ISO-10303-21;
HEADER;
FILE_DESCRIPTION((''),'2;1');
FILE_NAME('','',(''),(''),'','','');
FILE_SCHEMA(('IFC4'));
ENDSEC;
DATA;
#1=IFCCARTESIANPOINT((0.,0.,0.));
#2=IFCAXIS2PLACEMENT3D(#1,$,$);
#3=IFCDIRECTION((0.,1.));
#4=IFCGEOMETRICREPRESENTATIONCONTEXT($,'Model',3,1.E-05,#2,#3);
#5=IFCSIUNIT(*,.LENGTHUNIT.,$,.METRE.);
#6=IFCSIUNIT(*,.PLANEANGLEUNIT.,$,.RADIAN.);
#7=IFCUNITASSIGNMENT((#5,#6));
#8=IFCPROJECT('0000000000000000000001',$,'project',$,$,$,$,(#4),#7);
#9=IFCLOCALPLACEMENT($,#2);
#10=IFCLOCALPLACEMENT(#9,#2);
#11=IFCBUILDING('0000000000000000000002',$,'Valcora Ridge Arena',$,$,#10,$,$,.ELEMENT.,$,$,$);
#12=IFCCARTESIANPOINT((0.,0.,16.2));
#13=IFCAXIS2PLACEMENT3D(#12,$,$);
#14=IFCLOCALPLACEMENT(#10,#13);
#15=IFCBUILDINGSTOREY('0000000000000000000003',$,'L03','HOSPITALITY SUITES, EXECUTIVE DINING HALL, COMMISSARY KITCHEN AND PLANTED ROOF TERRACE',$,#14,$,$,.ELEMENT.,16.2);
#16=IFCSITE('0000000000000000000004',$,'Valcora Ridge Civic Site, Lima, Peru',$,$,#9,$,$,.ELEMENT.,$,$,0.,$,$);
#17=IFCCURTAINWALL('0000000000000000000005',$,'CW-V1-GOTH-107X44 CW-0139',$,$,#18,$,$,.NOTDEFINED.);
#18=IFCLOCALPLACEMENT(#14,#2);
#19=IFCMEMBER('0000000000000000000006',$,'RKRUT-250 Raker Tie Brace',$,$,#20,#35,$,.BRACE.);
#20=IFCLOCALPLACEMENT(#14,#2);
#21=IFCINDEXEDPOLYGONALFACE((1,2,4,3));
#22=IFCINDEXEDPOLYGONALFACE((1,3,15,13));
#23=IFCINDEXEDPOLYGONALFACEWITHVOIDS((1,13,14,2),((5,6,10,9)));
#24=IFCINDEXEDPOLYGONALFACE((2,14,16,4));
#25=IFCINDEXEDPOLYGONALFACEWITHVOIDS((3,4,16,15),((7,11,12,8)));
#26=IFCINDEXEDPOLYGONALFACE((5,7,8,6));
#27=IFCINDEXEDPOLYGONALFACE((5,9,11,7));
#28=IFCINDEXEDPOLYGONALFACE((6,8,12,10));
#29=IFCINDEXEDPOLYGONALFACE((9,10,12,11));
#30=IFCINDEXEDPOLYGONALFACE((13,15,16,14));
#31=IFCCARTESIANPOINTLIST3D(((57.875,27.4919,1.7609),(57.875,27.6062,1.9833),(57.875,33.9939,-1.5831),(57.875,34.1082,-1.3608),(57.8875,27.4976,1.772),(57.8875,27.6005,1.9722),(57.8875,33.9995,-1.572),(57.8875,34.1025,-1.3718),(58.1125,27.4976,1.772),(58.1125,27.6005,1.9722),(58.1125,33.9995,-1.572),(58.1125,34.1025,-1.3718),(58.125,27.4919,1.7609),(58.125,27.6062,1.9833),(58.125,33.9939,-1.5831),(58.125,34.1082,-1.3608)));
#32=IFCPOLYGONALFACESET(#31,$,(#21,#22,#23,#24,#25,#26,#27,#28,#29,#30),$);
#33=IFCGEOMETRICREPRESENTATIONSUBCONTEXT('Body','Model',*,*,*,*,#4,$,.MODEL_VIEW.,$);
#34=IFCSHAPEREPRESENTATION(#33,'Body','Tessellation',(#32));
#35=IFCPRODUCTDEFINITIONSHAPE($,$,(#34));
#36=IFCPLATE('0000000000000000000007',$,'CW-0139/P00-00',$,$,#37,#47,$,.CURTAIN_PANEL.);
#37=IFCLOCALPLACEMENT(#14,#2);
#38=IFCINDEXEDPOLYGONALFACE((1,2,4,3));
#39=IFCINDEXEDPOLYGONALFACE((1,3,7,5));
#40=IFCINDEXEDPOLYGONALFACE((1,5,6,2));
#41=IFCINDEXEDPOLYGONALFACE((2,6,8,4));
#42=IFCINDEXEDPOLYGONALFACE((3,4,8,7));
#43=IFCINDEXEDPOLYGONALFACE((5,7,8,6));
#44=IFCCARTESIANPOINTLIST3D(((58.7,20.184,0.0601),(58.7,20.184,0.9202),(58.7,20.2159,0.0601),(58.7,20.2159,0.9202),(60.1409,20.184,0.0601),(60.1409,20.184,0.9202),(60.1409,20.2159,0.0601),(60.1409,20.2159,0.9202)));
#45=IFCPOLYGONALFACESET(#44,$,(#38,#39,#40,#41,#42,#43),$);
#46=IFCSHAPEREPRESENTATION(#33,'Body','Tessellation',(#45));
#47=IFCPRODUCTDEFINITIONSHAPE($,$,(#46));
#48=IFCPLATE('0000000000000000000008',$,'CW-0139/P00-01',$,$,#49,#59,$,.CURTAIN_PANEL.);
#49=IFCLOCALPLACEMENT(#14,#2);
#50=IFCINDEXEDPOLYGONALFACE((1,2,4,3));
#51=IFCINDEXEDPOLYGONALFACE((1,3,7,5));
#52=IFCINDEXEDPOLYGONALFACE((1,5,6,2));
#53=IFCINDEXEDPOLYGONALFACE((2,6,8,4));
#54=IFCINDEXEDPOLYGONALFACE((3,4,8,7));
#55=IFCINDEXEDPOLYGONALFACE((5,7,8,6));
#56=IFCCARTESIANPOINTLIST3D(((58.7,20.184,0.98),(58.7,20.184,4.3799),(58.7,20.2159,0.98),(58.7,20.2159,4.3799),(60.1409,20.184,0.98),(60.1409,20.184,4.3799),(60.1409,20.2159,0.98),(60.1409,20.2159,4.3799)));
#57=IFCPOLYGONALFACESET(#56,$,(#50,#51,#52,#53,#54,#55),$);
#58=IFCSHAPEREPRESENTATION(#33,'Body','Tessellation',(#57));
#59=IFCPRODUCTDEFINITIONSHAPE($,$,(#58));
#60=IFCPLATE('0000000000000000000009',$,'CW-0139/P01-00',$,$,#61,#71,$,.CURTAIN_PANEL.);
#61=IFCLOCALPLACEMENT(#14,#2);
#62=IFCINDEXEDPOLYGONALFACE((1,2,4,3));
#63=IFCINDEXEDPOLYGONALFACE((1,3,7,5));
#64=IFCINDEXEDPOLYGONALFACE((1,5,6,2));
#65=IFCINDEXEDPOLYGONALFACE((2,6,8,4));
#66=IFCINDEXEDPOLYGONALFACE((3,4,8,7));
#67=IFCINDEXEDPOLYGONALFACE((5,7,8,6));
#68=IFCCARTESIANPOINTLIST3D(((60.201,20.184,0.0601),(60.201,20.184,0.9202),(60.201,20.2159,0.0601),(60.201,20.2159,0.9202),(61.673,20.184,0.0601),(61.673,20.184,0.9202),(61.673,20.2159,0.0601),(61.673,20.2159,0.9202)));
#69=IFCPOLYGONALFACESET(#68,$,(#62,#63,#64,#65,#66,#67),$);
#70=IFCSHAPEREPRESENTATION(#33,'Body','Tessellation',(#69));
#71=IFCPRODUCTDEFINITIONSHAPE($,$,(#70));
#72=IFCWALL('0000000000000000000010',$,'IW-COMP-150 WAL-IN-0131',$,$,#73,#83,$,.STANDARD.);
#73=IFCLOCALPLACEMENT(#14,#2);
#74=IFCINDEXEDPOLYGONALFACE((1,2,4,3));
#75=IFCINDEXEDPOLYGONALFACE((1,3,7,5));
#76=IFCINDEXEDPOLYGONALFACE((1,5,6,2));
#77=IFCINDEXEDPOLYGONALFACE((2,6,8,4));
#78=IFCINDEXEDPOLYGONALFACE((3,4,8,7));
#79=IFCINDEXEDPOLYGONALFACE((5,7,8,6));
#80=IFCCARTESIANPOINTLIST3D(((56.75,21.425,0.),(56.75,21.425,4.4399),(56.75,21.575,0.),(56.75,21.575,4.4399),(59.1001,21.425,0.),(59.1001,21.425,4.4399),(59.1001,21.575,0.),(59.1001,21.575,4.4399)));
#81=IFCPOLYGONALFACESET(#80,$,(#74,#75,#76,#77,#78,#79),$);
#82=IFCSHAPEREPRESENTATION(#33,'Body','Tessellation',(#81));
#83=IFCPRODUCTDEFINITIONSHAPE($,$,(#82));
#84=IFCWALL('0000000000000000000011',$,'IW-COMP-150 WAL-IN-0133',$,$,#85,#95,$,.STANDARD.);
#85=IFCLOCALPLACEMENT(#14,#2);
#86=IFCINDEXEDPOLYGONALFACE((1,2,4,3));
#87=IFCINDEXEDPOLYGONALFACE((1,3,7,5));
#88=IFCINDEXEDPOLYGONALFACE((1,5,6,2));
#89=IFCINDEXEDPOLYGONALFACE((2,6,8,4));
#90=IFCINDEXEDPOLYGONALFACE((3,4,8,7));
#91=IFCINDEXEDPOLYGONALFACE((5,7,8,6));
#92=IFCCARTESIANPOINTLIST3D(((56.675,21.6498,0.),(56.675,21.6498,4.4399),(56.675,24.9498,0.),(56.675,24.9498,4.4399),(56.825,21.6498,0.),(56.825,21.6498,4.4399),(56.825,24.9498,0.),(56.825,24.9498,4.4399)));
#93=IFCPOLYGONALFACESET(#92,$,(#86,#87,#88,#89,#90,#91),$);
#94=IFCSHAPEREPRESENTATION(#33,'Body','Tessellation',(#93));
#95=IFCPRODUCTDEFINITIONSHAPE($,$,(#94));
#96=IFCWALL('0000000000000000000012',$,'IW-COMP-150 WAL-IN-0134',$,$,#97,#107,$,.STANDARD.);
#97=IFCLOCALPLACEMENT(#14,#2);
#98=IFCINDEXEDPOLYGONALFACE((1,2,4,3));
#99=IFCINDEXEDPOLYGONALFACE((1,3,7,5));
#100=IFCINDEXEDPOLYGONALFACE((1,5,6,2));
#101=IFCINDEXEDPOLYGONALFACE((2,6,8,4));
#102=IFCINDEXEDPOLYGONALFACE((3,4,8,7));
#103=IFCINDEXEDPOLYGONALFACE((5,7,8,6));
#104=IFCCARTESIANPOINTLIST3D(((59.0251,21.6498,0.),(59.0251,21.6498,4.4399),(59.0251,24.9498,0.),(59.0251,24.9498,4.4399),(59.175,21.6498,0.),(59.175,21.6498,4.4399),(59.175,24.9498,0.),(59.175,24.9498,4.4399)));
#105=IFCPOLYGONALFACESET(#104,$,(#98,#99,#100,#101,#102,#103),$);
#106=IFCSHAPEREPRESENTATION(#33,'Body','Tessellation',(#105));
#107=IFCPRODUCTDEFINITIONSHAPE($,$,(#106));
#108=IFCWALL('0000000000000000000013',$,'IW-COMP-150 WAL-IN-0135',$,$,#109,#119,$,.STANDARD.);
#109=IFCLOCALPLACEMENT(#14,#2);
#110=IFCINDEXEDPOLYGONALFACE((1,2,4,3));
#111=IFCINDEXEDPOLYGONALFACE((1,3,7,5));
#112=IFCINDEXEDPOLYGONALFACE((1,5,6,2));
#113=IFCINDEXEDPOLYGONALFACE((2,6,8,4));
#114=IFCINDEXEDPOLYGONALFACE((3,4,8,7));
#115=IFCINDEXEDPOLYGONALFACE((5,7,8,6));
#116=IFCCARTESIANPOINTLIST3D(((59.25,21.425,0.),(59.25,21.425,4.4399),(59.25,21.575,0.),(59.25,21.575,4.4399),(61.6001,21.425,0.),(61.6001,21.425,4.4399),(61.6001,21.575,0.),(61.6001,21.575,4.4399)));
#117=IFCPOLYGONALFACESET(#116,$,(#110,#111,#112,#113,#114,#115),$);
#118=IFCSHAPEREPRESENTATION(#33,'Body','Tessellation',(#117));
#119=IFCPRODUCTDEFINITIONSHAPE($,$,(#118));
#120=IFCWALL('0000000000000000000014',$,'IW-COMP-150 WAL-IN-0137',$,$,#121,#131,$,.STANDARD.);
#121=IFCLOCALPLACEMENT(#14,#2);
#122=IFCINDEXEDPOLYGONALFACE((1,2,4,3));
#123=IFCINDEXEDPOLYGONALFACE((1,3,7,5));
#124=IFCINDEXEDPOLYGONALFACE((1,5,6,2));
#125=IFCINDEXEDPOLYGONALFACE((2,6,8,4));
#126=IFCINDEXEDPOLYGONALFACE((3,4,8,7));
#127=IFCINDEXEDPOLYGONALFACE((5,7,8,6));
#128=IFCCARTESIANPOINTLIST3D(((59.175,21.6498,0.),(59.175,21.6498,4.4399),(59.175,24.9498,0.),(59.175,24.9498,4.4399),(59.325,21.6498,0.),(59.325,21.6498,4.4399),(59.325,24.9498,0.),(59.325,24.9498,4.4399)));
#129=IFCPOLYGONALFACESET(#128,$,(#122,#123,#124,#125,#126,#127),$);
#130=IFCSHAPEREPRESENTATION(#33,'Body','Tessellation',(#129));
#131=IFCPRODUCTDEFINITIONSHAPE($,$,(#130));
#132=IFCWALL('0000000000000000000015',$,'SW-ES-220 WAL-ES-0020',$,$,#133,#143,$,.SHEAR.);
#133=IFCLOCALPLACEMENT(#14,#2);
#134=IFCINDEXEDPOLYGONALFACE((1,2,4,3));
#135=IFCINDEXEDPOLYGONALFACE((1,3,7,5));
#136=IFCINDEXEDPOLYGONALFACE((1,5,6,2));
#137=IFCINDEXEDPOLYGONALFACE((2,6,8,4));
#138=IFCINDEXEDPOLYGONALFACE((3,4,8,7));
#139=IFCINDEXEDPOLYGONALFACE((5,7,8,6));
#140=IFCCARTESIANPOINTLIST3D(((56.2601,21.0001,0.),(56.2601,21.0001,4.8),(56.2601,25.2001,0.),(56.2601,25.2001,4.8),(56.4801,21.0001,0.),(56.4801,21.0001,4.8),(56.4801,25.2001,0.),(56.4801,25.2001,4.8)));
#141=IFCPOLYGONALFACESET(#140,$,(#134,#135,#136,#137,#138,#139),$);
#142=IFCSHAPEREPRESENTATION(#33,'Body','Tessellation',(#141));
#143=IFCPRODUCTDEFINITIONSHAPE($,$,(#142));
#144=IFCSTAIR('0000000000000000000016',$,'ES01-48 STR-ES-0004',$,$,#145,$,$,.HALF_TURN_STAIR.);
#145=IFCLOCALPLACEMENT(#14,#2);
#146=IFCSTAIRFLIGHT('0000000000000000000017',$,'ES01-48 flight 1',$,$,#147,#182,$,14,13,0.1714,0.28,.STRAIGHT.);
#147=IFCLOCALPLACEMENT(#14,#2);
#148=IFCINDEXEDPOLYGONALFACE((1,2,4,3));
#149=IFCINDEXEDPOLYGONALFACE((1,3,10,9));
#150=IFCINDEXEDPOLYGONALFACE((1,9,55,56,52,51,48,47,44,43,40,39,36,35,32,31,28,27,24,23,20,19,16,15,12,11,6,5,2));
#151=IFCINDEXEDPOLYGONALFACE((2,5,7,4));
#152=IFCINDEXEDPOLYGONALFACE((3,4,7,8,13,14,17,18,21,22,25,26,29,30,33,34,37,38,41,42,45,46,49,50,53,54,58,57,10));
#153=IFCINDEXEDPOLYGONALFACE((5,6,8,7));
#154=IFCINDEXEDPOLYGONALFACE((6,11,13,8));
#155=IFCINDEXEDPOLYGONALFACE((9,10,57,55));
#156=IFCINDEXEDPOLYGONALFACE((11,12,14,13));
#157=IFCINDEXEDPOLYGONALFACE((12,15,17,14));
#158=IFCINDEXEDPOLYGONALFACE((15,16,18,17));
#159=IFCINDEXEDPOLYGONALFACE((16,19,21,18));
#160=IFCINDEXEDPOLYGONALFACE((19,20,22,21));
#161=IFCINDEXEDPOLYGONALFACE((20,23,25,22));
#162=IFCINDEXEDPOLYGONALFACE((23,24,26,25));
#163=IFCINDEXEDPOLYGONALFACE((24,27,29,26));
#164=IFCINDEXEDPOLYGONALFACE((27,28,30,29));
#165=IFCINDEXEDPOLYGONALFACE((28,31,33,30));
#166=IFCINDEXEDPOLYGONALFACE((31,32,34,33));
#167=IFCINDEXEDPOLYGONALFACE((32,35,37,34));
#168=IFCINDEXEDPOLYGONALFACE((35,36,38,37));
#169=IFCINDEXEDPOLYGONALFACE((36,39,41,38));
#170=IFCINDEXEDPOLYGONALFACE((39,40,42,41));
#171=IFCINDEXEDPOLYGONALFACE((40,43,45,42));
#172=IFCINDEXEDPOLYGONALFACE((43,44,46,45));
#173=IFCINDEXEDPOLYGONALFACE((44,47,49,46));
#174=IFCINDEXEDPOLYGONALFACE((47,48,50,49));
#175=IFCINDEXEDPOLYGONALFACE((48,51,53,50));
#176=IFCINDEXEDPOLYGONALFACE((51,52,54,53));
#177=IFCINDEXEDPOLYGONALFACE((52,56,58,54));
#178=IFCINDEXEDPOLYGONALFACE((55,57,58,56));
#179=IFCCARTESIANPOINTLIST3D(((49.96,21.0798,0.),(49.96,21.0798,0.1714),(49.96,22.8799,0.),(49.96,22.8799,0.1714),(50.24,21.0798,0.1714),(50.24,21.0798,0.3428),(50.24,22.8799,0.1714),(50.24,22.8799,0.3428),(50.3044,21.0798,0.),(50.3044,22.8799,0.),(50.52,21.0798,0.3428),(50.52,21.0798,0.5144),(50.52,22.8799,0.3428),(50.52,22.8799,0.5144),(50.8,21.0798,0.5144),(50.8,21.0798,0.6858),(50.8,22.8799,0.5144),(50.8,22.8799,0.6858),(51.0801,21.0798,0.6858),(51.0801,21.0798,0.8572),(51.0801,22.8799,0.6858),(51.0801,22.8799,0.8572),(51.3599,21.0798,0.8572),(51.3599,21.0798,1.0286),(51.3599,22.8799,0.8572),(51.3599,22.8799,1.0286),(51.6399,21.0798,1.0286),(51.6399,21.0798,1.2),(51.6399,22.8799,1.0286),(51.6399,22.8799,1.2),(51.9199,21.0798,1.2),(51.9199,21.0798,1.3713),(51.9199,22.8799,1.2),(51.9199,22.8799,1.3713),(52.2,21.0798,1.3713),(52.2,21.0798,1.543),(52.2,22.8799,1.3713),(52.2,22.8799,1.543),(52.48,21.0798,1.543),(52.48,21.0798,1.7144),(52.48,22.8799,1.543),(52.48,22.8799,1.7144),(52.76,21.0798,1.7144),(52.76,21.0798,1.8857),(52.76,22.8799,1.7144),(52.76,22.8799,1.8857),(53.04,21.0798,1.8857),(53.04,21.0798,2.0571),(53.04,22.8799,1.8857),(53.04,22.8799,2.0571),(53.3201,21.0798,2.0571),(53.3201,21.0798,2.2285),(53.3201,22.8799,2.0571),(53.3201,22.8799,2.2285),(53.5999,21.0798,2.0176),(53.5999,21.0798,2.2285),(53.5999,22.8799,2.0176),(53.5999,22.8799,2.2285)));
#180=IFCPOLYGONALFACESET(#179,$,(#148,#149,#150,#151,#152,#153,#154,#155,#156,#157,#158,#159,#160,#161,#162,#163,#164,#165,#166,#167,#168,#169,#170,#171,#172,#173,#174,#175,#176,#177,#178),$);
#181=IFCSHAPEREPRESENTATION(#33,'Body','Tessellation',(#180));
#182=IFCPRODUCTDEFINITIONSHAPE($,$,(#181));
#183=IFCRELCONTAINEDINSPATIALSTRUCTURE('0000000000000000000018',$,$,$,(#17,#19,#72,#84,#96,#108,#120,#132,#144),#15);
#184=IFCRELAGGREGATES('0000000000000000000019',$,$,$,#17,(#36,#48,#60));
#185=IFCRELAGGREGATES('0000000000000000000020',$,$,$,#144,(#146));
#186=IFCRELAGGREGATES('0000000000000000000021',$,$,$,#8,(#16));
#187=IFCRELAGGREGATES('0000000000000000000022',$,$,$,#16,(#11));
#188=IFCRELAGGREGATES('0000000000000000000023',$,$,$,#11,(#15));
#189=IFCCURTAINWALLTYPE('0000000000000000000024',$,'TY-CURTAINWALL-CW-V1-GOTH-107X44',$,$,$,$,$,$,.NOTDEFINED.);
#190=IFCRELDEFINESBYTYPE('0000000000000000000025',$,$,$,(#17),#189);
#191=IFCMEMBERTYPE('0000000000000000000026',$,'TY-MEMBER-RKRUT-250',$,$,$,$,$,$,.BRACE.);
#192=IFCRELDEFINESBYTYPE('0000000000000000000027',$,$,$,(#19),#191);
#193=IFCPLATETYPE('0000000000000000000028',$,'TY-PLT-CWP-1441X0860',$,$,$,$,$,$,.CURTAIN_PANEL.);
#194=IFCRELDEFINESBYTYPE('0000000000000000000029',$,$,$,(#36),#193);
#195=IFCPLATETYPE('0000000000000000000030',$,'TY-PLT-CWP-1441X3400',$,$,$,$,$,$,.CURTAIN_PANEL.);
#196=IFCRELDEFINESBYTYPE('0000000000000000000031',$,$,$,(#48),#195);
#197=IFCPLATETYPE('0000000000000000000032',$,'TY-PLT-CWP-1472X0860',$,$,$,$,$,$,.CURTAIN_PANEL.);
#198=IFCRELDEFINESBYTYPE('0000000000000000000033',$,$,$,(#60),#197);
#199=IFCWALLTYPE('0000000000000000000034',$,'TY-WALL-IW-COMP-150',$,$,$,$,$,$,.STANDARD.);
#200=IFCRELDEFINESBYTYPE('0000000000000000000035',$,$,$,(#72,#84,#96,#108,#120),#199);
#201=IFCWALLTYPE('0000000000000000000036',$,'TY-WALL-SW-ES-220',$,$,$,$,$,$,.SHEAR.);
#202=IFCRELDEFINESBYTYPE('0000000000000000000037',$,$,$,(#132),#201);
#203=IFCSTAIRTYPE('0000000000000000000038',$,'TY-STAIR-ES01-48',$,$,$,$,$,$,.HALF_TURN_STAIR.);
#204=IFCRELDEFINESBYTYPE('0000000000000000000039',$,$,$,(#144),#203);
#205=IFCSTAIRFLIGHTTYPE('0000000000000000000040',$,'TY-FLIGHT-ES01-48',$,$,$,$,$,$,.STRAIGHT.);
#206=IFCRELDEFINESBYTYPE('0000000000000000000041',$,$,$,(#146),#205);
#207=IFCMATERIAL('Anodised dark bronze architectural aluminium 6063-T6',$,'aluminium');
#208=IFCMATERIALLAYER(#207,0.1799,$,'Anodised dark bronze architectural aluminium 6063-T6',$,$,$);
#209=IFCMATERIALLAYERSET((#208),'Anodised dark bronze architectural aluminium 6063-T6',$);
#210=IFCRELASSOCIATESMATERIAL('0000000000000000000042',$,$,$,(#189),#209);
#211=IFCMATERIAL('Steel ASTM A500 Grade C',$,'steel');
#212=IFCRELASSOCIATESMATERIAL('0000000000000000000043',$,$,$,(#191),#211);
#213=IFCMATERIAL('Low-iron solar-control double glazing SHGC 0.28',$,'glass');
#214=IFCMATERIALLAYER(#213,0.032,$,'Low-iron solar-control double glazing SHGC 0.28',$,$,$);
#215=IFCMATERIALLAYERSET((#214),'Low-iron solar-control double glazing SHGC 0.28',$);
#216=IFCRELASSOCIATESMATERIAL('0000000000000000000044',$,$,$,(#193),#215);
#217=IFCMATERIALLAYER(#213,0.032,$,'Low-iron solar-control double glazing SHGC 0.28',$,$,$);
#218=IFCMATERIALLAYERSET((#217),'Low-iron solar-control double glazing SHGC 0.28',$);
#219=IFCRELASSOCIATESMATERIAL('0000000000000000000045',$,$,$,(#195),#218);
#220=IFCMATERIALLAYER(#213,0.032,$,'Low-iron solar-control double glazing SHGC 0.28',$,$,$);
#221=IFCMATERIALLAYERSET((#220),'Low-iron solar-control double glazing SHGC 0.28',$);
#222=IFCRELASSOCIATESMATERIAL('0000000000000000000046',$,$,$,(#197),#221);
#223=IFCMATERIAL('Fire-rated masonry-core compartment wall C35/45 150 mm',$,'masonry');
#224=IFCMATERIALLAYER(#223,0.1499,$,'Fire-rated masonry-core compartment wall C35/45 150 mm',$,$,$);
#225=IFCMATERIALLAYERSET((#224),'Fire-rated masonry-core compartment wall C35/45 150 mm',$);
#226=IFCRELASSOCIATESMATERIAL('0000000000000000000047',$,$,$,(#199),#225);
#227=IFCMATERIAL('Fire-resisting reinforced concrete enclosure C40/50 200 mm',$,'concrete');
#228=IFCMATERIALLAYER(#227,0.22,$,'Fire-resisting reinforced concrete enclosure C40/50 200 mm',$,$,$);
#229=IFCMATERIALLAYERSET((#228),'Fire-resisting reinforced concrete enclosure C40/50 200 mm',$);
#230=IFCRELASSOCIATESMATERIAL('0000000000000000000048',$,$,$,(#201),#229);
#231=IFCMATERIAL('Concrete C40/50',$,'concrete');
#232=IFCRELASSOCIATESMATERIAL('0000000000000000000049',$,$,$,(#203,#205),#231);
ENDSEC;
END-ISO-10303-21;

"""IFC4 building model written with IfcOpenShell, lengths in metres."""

from ifc_helpers import new_model, si_unit, direction, frame, frame_2d, origin, origin_2d, place, context, subcontext, project, spatial, polyline, rectangle, hollow_rectangle, outline, extrude, material, layer, layer_set, material_profile, profile_set, type_object, element, aggregate, save


model = new_model("IFC4")

# Units and contexts
model_context = context("Model", 3, precision=1e-05, world=origin(), true_north=direction((0.0, 1.0)))
body_context = subcontext(model_context, "Body", "Model", "MODEL_VIEW")
ifc_project = project(units=[si_unit("LENGTHUNIT", "METRE"), si_unit("PLANEANGLEUNIT", "RADIAN")], contexts=[model_context])

# Site, building, storey
site_placement = place(None, origin())
site = spatial("IfcSite", under=ifc_project, at=site_placement, Name="Valcora Ridge Civic Site, Lima, Peru", CompositionType="ELEMENT", RefElevation=0.0)
building_placement = place(site_placement, origin())
building = spatial("IfcBuilding", under=site, at=building_placement, Name="Valcora Ridge Arena", CompositionType="ELEMENT")
storey_placement = place(building_placement, frame((0.0, 0.0, 16.2)))
storey = spatial("IfcBuildingStorey", under=building, at=storey_placement, Name="L03", Description="HOSPITALITY SUITES, EXECUTIVE DINING HALL, COMMISSARY KITCHEN AND PLANTED ROOF TERRACE", CompositionType="ELEMENT", Elevation=16.2)

# Shared definitions
ifc_material_1 = material(Name="Concrete C40/50", Category="concrete")

# Curtain wall
ifc_material_2 = material(Name="Anodised dark bronze architectural aluminium 6063-T6", Category="aluminium")
ifc_layer_1 = layer(ifc_material_2, 0.1799, Name="Anodised dark bronze architectural aluminium 6063-T6")
ifc_layer_set_1 = layer_set([ifc_layer_1], Name="Anodised dark bronze architectural aluminium 6063-T6")
curtain_wall_type = type_object("IfcCurtainWallType", Name="TY-CURTAINWALL-CW-V1-GOTH-107X44", PredefinedType="NOTDEFINED", material=ifc_layer_set_1)
curtain_wall_placement = place(storey_placement, origin())
curtain_wall = element("IfcCurtainWall", 1, at=curtain_wall_placement, inside=storey, type_object=curtain_wall_type, Name="CW-V1-GOTH-107X44 CW-0139", PredefinedType="NOTDEFINED")

# Member
ifc_material_3 = material(Name="Steel ASTM A500 Grade C", Category="steel")
ifc_material_profile_1 = material_profile(ifc_material_3, hollow_rectangle(XDim=0.25, YDim=0.25, WallThickness=0.0125, at=origin_2d()), Name="HSS250X250X12")
ifc_profile_set_1 = profile_set([ifc_material_profile_1], Name="Steel ASTM A500 Grade C")
member_type_1 = type_object("IfcMemberType", Name="TY-MEMBER-RKRUT-250", PredefinedType="BRACE", material=ifc_profile_set_1)
member_1_placement = place(storey_placement, frame((58.0, 34.051, -1.4719), z_axis=(0.0, -0.88928, 0.457362), x_axis=(1.0, 0.0, 0.0)))
element("IfcMember", 2, at=member_1_placement, inside=storey, type_object=member_type_1, Name="RKRUT-250 Raker Tie Brace", PredefinedType="BRACE", context=body_context, shape_type="SweptSolid", body=[
    extrude(hollow_rectangle(XDim=0.25, YDim=0.25, WallThickness=0.0125, at=origin_2d()), origin(), (0.0, 0.0, 1.0), 7.3115),
])

# Plates
ifc_material_4 = material(Name="Low-iron solar-control double glazing SHGC 0.28", Category="glass")
ifc_layer_2 = layer(ifc_material_4, 0.032, Name="Low-iron solar-control double glazing SHGC 0.28")
ifc_layer_set_2 = layer_set([ifc_layer_2], Name="Low-iron solar-control double glazing SHGC 0.28")
plate_type_1 = type_object("IfcPlateType", Name="TY-PLT-CWP-1441X0860", PredefinedType="CURTAIN_PANEL", material=ifc_layer_set_2)
plate_1_placement = place(storey_placement, frame((59.4204, 20.2, 0.0601), z_axis=(0.0, 0.0, 1.0), x_axis=(1.0, 0.0, 0.0)))
plate_1 = element("IfcPlate", 3, at=plate_1_placement, type_object=plate_type_1, Name="CW-0139/P00-00", PredefinedType="CURTAIN_PANEL", context=body_context, shape_type="SweptSolid", body=[
    extrude(rectangle(XDim=1.4409, YDim=0.032, at=origin_2d()), origin(), (0.0, 0.0, 1.0), 0.8601),
])
ifc_layer_3 = layer(ifc_material_4, 0.032, Name="Low-iron solar-control double glazing SHGC 0.28")
ifc_layer_set_3 = layer_set([ifc_layer_3], Name="Low-iron solar-control double glazing SHGC 0.28")
plate_type_2 = type_object("IfcPlateType", Name="TY-PLT-CWP-1441X3400", PredefinedType="CURTAIN_PANEL", material=ifc_layer_set_3)
plate_2_placement = place(storey_placement, frame((59.4204, 20.2, 0.98), z_axis=(0.0, 0.0, 1.0), x_axis=(1.0, 0.0, 0.0)))
plate_2 = element("IfcPlate", 4, at=plate_2_placement, type_object=plate_type_2, Name="CW-0139/P00-01", PredefinedType="CURTAIN_PANEL", context=body_context, shape_type="SweptSolid", body=[
    extrude(rectangle(XDim=1.4409, YDim=0.032, at=origin_2d()), origin(), (0.0, 0.0, 1.0), 3.3999),
])
ifc_layer_4 = layer(ifc_material_4, 0.032, Name="Low-iron solar-control double glazing SHGC 0.28")
ifc_layer_set_4 = layer_set([ifc_layer_4], Name="Low-iron solar-control double glazing SHGC 0.28")
plate_type_3 = type_object("IfcPlateType", Name="TY-PLT-CWP-1472X0860", PredefinedType="CURTAIN_PANEL", material=ifc_layer_set_4)
plate_3_placement = place(storey_placement, frame((60.937, 20.2, 0.0601), z_axis=(0.0, 0.0, 1.0), x_axis=(1.0, 0.0, 0.0)))
plate_3 = element("IfcPlate", 5, at=plate_3_placement, type_object=plate_type_3, Name="CW-0139/P01-00", PredefinedType="CURTAIN_PANEL", context=body_context, shape_type="SweptSolid", body=[
    extrude(rectangle(XDim=1.4719, YDim=0.032, at=origin_2d()), origin(), (0.0, 0.0, 1.0), 0.8601),
])
aggregate(curtain_wall, [plate_1, plate_2, plate_3])

# Wall
ifc_material_5 = material(Name="Fire-rated masonry-core compartment wall C35/45 150 mm", Category="masonry")
ifc_layer_5 = layer(ifc_material_5, 0.1499, Name="Fire-rated masonry-core compartment wall C35/45 150 mm")
ifc_layer_set_5 = layer_set([ifc_layer_5], Name="Fire-rated masonry-core compartment wall C35/45 150 mm")
wall_type_1 = type_object("IfcWallType", Name="TY-WALL-IW-COMP-150", PredefinedType="STANDARD", material=ifc_layer_set_5)
wall_1_placement = place(storey_placement, frame((56.75, 21.5, 0.0), z_axis=(0.0, 0.0, 1.0), x_axis=(1.0, 0.0, 0.0)))
element("IfcWall", 6, at=wall_1_placement, inside=storey, type_object=wall_type_1, Name="IW-COMP-150 WAL-IN-0131", PredefinedType="STANDARD", context=body_context, shape_type="SweptSolid", body=[
    extrude(rectangle(XDim=2.3501, YDim=0.1499, at=frame_2d((1.175, 0.0))), origin(), (0.0, 0.0, 1.0), 4.4399),
])

# Walls
for number, where, z_axis, x_axis, name in (
    (7, (56.75, 21.6499, 0.0), (0.0, 0.0, 1.0), (0.0, 1.0, 0.0), "IW-COMP-150 WAL-IN-0133"),
    (8, (59.1001, 21.6499, 0.0), (0.0, 0.0, 1.0), (0.0, 1.0, 0.0), "IW-COMP-150 WAL-IN-0134"),
):
    element("IfcWall", number, at=place(storey_placement, frame(where, z_axis=z_axis, x_axis=x_axis)), inside=storey, type_object=wall_type_1, Name=name, PredefinedType="STANDARD", context=body_context, shape_type="SweptSolid", body=[
        extrude(rectangle(XDim=3.3, YDim=0.1499, at=frame_2d((1.6499, 0.0))), origin(), (0.0, 0.0, 1.0), 4.4399),
    ])
wall_2_placement = place(storey_placement, frame((59.25, 21.5, 0.0), z_axis=(0.0, 0.0, 1.0), x_axis=(1.0, 0.0, 0.0)))
element("IfcWall", 9, at=wall_2_placement, inside=storey, type_object=wall_type_1, Name="IW-COMP-150 WAL-IN-0135", PredefinedType="STANDARD", context=body_context, shape_type="SweptSolid", body=[
    extrude(rectangle(XDim=2.3501, YDim=0.1499, at=frame_2d((1.175, 0.0))), origin(), (0.0, 0.0, 1.0), 4.4399),
])

# Walls
wall_3_placement = place(storey_placement, frame((59.25, 21.6499, 0.0), z_axis=(0.0, 0.0, 1.0), x_axis=(0.0, 1.0, 0.0)))
element("IfcWall", 10, at=wall_3_placement, inside=storey, type_object=wall_type_1, Name="IW-COMP-150 WAL-IN-0137", PredefinedType="STANDARD", context=body_context, shape_type="SweptSolid", body=[
    extrude(rectangle(XDim=3.3, YDim=0.1499, at=frame_2d((1.6499, 0.0))), origin(), (0.0, 0.0, 1.0), 4.4399),
])
ifc_material_6 = material(Name="Fire-resisting reinforced concrete enclosure C40/50 200 mm", Category="concrete")
ifc_layer_6 = layer(ifc_material_6, 0.22, Name="Fire-resisting reinforced concrete enclosure C40/50 200 mm")
ifc_layer_set_6 = layer_set([ifc_layer_6], Name="Fire-resisting reinforced concrete enclosure C40/50 200 mm")
wall_type_2 = type_object("IfcWallType", Name="TY-WALL-SW-ES-220", PredefinedType="SHEAR", material=ifc_layer_set_6)
wall_4_placement = place(storey_placement, frame((56.3701, 21.0, 0.0), z_axis=(0.0, 0.0, 1.0), x_axis=(0.0, 1.0, 0.0)))
element("IfcWall", 11, at=wall_4_placement, inside=storey, type_object=wall_type_2, Name="SW-ES-220 WAL-ES-0020", PredefinedType="SHEAR", context=body_context, shape_type="SweptSolid", body=[
    extrude(rectangle(XDim=4.2, YDim=0.22, at=frame_2d((2.1001, 0.0))), origin(), (0.0, 0.0, 1.0), 4.8),
])

# Stair, stair flight
stair_type = type_object("IfcStairType", Name="TY-STAIR-ES01-48", PredefinedType="HALF_TURN_STAIR", material=ifc_material_1)
stair_placement = place(storey_placement, origin())
stair = element("IfcStair", 12, at=stair_placement, inside=storey, type_object=stair_type, Name="ES01-48 STR-ES-0004", PredefinedType="HALF_TURN_STAIR")
stair_flight_type = type_object("IfcStairFlightType", Name="TY-FLIGHT-ES01-48", PredefinedType="STRAIGHT", material=ifc_material_1)
stair_flight_1_placement = place(storey_placement, frame((49.96, 21.98, 0.0), z_axis=(0.0, 0.0, 1.0), x_axis=(1.0, 0.0, 0.0)))
stair_flight_1 = element("IfcStairFlight", 13, at=stair_flight_1_placement, type_object=stair_flight_type, Name="ES01-48 flight 1", NumberOfRisers=14, NumberOfTreads=13, PredefinedType="STRAIGHT", RiserHeight=0.1714, TreadLength=0.28, context=body_context, shape_type="SweptSolid", body=[
    extrude(outline(polyline([(0.0, 0.0), (0.0, 0.1714), (0.28, 0.1714), (0.28, 0.3428), (0.5601, 0.3428), (0.5601, 0.5144), (0.8401, 0.5144), (0.8401, 0.6858), (1.1201, 0.6858), (1.1201, 0.8572), (1.3999, 0.8572), (1.3999, 1.0286), (1.6799, 1.0286), (1.6799, 1.2), (1.96, 1.2), (1.96, 1.3713), (2.24, 1.3713), (2.24, 1.543), (2.52, 1.543), (2.52, 1.7144), (2.8, 1.7144), (2.8, 1.8857), (3.0801, 1.8857), (3.0801, 2.0571), (3.3601, 2.0571), (3.3601, 2.2285), (3.6399, 2.2285), (3.6399, 2.3999), (3.6399, 2.0176), (0.3445, 0.0), (0.0, 0.0)])), frame((0.0, 0.8999, 0.0), z_axis=(0.0, -1.0, 0.0), x_axis=(1.0, 0.0, 0.0)), (0.0, 0.0, 1.0), 1.8),
])
aggregate(stair, [stair_flight_1])

save(model, "model.ifc")
